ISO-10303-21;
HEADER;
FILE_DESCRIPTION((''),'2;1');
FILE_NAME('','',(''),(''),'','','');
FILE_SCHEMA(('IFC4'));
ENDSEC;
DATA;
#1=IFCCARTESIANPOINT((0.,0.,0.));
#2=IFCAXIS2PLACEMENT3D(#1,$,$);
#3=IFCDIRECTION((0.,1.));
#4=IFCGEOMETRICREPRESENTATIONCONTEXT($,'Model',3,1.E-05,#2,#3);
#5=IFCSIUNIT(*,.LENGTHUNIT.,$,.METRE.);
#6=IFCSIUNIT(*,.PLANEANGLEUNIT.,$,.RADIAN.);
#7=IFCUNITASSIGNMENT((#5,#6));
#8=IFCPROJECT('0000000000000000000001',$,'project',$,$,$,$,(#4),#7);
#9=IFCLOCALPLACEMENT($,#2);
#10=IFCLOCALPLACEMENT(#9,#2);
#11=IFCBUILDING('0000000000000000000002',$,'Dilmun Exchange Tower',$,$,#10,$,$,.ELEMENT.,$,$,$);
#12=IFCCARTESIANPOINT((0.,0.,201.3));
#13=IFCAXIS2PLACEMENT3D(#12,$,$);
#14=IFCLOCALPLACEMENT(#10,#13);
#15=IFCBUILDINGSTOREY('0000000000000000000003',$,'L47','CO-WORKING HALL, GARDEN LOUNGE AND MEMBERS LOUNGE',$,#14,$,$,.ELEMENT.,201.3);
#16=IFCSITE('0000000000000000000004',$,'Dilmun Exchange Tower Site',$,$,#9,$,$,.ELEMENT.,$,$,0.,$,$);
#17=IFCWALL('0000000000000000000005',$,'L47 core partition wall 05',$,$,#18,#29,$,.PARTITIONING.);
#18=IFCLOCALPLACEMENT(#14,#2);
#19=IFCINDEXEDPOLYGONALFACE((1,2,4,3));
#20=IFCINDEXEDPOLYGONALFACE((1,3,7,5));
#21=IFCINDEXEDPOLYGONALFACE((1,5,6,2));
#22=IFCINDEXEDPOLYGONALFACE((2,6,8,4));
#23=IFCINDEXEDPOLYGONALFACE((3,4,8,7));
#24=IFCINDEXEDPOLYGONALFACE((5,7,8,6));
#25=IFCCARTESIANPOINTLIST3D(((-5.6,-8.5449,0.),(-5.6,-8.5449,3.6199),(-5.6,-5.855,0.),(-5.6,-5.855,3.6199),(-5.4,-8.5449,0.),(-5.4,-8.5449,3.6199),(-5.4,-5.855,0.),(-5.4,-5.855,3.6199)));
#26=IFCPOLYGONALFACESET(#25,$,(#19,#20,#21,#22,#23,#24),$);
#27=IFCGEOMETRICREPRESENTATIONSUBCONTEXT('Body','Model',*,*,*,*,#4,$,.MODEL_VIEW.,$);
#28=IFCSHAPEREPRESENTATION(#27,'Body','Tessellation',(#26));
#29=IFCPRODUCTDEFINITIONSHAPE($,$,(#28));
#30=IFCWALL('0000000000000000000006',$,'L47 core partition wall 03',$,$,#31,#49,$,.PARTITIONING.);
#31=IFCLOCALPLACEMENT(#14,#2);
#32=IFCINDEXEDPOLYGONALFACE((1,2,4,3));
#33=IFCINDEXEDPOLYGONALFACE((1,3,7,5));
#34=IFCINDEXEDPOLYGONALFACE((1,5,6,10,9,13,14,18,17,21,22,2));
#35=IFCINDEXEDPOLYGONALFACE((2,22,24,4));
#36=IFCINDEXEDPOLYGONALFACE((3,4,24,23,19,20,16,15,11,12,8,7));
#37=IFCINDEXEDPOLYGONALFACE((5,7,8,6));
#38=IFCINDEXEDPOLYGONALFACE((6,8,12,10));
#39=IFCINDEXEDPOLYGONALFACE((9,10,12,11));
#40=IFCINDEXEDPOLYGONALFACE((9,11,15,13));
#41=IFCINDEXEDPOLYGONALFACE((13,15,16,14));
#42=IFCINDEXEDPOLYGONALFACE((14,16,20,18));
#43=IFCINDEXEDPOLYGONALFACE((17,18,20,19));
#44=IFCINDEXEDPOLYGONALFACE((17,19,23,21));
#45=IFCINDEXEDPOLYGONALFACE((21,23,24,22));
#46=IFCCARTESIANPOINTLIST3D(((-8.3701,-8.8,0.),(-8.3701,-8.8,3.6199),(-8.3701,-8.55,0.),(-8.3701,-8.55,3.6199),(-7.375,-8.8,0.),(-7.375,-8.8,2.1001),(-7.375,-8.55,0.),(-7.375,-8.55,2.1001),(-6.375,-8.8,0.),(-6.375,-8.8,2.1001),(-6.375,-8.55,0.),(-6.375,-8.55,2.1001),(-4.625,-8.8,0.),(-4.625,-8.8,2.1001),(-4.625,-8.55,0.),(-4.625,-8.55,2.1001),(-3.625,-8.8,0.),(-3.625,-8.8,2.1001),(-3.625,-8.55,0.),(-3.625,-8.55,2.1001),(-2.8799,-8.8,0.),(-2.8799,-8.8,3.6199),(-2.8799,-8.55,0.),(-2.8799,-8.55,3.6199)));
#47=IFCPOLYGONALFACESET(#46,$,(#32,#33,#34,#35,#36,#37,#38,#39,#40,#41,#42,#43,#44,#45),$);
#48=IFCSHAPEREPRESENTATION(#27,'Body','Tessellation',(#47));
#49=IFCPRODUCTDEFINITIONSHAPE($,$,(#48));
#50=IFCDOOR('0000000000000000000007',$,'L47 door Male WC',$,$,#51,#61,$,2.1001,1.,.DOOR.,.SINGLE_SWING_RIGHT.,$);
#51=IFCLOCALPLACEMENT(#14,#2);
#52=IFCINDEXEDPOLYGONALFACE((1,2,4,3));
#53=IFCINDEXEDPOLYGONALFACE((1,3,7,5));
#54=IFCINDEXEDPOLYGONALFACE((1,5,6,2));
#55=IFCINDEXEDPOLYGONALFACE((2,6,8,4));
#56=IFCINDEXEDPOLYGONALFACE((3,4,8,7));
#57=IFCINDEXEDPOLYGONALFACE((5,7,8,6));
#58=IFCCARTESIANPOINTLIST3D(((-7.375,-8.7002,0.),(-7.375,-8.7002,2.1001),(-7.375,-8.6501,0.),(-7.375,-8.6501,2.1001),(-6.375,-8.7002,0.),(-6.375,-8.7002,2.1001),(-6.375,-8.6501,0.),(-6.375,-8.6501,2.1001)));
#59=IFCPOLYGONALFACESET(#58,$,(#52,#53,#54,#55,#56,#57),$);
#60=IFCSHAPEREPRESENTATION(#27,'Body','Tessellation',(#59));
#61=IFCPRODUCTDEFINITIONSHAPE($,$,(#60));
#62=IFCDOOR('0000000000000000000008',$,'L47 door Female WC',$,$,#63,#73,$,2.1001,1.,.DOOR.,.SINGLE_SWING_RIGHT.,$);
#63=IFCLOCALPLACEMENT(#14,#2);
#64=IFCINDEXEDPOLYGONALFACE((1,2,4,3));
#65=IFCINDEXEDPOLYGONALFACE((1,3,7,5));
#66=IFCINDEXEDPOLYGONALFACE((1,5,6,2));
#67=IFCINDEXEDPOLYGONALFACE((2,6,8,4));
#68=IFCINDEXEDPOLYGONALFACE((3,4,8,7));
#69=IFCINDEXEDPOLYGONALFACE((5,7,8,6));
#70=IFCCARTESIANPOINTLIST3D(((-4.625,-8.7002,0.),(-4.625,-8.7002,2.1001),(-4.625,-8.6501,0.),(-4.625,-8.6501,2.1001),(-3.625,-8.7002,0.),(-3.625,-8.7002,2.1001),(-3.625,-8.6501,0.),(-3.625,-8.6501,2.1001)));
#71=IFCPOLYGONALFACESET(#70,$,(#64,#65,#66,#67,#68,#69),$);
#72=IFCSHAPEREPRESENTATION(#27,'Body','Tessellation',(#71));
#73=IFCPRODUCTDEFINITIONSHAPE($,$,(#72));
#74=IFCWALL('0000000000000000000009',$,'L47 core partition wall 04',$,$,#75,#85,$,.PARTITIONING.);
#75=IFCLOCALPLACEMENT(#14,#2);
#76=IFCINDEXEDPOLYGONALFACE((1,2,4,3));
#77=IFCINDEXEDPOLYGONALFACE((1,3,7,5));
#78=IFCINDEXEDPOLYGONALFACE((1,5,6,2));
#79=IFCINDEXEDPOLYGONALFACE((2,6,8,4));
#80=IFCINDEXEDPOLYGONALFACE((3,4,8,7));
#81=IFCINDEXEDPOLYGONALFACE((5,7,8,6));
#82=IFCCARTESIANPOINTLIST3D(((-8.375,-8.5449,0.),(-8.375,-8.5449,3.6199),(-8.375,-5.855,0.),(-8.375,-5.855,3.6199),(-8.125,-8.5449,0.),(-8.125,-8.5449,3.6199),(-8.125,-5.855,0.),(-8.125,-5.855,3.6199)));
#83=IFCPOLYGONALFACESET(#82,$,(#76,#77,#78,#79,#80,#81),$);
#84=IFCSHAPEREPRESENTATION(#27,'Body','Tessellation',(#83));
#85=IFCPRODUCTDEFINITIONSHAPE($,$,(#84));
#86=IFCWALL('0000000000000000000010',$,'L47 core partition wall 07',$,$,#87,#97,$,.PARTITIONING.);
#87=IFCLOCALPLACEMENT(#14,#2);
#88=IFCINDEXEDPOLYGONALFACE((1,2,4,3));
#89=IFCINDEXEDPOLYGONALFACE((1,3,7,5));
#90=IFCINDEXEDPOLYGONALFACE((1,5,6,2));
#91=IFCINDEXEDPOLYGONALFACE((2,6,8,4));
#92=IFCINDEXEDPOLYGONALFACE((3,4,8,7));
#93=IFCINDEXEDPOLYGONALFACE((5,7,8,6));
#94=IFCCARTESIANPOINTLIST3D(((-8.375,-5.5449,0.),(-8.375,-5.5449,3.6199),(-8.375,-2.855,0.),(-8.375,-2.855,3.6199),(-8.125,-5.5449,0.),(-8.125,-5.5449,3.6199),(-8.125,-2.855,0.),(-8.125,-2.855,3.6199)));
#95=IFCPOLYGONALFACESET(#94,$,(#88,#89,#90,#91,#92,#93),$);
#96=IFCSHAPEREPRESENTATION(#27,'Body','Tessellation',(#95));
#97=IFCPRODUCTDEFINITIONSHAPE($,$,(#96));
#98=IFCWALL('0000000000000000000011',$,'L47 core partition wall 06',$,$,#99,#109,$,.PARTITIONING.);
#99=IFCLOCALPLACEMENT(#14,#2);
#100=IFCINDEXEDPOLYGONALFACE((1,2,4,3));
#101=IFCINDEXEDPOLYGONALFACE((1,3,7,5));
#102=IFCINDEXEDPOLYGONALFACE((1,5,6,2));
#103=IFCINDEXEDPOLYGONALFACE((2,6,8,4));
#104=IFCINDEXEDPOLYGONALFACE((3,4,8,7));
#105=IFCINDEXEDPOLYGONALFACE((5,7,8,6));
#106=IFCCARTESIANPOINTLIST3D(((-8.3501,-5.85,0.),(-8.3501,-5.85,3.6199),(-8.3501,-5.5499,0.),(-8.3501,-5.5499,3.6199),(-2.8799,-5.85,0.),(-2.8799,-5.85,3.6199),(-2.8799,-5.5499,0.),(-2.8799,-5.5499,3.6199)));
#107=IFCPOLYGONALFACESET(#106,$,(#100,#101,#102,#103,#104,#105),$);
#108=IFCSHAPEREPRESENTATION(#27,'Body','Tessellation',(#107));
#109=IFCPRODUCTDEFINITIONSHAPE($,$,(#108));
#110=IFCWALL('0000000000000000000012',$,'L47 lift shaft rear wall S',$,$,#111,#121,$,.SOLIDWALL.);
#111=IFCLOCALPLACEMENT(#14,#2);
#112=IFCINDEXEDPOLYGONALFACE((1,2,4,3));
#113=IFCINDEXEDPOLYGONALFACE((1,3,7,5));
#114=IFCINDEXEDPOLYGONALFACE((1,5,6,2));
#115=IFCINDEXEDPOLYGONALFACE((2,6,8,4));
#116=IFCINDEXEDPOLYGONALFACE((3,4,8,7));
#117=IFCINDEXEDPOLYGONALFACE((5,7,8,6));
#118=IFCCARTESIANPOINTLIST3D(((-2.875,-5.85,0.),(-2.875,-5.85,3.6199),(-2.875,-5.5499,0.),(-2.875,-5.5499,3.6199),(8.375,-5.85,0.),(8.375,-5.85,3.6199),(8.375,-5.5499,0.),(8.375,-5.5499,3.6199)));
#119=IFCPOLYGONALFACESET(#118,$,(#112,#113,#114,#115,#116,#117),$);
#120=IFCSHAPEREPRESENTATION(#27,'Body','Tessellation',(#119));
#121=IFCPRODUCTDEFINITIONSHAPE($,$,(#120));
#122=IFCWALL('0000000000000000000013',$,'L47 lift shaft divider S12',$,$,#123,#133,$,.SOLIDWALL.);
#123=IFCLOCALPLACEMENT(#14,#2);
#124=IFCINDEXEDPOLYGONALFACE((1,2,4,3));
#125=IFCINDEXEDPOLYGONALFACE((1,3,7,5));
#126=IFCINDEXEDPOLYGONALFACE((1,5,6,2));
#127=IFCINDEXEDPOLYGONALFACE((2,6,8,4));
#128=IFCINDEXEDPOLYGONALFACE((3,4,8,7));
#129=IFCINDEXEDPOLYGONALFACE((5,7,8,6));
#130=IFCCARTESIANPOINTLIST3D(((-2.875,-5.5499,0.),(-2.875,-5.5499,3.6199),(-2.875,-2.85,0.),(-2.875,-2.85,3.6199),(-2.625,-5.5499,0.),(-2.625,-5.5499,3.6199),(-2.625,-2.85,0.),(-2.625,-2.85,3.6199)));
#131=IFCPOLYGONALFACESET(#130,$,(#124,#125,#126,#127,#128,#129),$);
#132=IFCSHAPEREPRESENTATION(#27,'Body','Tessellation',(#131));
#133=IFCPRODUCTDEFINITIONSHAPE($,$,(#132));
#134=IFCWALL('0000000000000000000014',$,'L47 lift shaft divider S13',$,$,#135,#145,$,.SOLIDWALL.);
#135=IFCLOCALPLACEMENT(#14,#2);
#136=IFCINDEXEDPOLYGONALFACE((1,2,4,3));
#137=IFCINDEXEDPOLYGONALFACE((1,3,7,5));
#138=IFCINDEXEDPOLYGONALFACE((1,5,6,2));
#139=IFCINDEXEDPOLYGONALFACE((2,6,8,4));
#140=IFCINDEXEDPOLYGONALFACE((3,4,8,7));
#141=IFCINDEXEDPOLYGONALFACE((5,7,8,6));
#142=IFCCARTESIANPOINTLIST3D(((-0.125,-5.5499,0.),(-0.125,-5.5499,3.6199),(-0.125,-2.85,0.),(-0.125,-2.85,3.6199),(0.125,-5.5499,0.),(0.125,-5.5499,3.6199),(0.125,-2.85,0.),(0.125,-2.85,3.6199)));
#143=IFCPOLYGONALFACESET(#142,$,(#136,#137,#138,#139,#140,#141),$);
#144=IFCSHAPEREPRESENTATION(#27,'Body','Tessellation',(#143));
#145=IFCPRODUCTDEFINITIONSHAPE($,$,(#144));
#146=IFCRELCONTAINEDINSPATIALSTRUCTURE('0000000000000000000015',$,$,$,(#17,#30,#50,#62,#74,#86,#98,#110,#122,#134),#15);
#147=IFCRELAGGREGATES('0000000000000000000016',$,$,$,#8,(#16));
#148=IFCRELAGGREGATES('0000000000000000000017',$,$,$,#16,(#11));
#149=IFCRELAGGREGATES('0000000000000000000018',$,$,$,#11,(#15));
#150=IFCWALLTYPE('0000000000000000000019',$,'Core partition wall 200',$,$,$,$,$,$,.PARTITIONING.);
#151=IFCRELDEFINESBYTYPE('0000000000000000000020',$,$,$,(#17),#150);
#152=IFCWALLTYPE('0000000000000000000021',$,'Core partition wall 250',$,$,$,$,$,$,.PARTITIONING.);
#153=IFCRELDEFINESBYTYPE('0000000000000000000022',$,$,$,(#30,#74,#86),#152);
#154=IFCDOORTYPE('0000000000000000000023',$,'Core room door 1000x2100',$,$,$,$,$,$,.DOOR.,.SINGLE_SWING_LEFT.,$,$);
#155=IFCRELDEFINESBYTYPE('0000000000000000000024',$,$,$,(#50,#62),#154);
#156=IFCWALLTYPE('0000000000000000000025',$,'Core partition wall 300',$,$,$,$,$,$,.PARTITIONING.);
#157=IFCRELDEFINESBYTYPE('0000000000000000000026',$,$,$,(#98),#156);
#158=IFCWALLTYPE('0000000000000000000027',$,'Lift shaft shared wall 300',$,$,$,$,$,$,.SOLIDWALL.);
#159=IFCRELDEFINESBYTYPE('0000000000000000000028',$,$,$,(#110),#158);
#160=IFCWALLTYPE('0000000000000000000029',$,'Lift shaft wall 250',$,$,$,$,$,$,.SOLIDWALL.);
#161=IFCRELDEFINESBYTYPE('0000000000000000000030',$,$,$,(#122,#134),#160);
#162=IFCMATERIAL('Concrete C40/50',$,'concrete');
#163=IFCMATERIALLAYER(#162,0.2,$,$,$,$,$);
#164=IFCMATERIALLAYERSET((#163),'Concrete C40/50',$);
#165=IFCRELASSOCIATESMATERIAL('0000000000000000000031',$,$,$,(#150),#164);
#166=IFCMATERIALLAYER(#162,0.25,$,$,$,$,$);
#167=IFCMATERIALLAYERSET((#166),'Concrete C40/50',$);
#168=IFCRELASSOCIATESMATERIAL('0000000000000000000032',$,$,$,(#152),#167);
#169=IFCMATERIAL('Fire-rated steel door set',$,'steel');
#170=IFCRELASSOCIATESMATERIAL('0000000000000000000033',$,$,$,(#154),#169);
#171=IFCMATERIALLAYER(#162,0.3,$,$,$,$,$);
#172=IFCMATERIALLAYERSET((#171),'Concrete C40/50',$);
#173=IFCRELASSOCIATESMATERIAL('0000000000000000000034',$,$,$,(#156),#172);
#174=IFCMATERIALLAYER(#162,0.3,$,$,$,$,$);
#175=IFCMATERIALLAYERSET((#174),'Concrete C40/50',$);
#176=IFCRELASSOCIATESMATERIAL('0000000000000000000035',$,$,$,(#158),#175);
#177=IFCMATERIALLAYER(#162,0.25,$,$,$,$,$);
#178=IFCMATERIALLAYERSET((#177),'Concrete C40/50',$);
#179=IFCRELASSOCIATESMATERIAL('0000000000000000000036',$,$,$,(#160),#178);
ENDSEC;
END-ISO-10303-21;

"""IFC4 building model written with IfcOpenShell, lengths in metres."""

from ifc_helpers import new_model, si_unit, direction, frame, frame_2d, origin, place, context, subcontext, project, spatial, rectangle, extrude, material, layer, layer_set, type_object, element, fill, save


model = new_model("IFC4")

# Units and contexts
model_context = context("Model", 3, precision=1e-05, world=origin(), true_north=direction((0.0, 1.0)))
body_context = subcontext(model_context, "Body", "Model", "MODEL_VIEW")
ifc_project = project(units=[si_unit("LENGTHUNIT", "METRE"), si_unit("PLANEANGLEUNIT", "RADIAN")], contexts=[model_context])

# Site, building, storey
site_placement = place(None, origin())
site = spatial("IfcSite", under=ifc_project, at=site_placement, Name="Dilmun Exchange Tower Site", CompositionType="ELEMENT", RefElevation=0.0)
building_placement = place(site_placement, origin())
building = spatial("IfcBuilding", under=site, at=building_placement, Name="Dilmun Exchange Tower", CompositionType="ELEMENT")
storey_placement = place(building_placement, frame((0.0, 0.0, 201.3)))
storey = spatial("IfcBuildingStorey", under=building, at=storey_placement, Name="L47", Description="CO-WORKING HALL, GARDEN LOUNGE AND MEMBERS LOUNGE", CompositionType="ELEMENT", Elevation=201.3)

# Wall
ifc_material_1 = material(Name="Concrete C40/50", Category="concrete")
ifc_layer_1 = layer(ifc_material_1, 0.2)
ifc_layer_set_1 = layer_set([ifc_layer_1], Name="Concrete C40/50")
wall_type_1 = type_object("IfcWallType", Name="Core partition wall 200", PredefinedType="PARTITIONING", material=ifc_layer_set_1)
wall_1_placement = place(storey_placement, frame((-5.5, -8.5449, 0.0), z_axis=(0.0, 0.0, 1.0), x_axis=(0.0, 1.0, 0.0)))
element("IfcWall", 1, at=wall_1_placement, inside=storey, type_object=wall_type_1, Name="L47 core partition wall 05", PredefinedType="PARTITIONING", context=body_context, shape_type="SweptSolid", body=[
    extrude(rectangle(XDim=2.6899, YDim=0.2, at=frame_2d((1.345, 0.0))), origin(), (0.0, 0.0, 1.0), 3.6199),
])

# Wall, openings, doors
ifc_layer_2 = layer(ifc_material_1, 0.25)
ifc_layer_set_2 = layer_set([ifc_layer_2], Name="Concrete C40/50")
wall_type_2 = type_object("IfcWallType", Name="Core partition wall 250", PredefinedType="PARTITIONING", material=ifc_layer_set_2)
wall_2_placement = place(storey_placement, frame((-8.3701, -8.675, 0.0), z_axis=(0.0, 0.0, 1.0), x_axis=(1.0, 0.0, 0.0)))
wall_2 = element("IfcWall", 2, at=wall_2_placement, inside=storey, type_object=wall_type_2, Name="L47 core partition wall 03", PredefinedType="PARTITIONING", context=body_context, shape_type="SweptSolid", body=[
    extrude(rectangle(XDim=5.4902, YDim=0.25, at=frame_2d((2.7451, 0.0))), origin(), (0.0, 0.0, 1.0), 3.6199),
])
opening_1_placement = place(wall_2_placement, frame((0.9951, 0.0, 0.0)))
opening_1 = element("IfcOpeningElement", 3, at=opening_1_placement, cuts=wall_2, PredefinedType="OPENING", context=body_context, shape_type="SweptSolid", body=[
    extrude(rectangle(XDim=1.0, YDim=2.1001, at=frame_2d((0.5, 1.05))), frame((0.0, 0.135, 0.0), z_axis=(0.0, -1.0, 0.0), x_axis=(1.0, 0.0, 0.0)), (0.0, 0.0, 1.0), 0.27),
])
opening_2_placement = place(wall_2_placement, frame((3.7451, 0.0, 0.0)))
opening_2 = element("IfcOpeningElement", 4, at=opening_2_placement, cuts=wall_2, PredefinedType="OPENING", context=body_context, shape_type="SweptSolid", body=[
    extrude(rectangle(XDim=1.0, YDim=2.1001, at=frame_2d((0.5, 1.05))), frame((0.0, 0.135, 0.0), z_axis=(0.0, -1.0, 0.0), x_axis=(1.0, 0.0, 0.0)), (0.0, 0.0, 1.0), 0.27),
])
ifc_material_2 = material(Name="Fire-rated steel door set", Category="steel")
door_type_1 = type_object("IfcDoorType", Name="Core room door 1000x2100", OperationType="SINGLE_SWING_LEFT", PredefinedType="DOOR", material=ifc_material_2)
door_1_placement = place(opening_1_placement, origin())
door_1 = element("IfcDoor", 5, at=door_1_placement, inside=storey, type_object=door_type_1, Name="L47 door Male WC", OperationType="SINGLE_SWING_RIGHT", OverallHeight=2.1001, OverallWidth=1.0, PredefinedType="DOOR", context=body_context, shape_type="SweptSolid", body=[
    extrude(rectangle(XDim=1.0, YDim=2.1001, at=frame_2d((0.5, 1.05))), frame((0.0, 0.0249, 0.0), z_axis=(0.0, -1.0, 0.0), x_axis=(1.0, 0.0, 0.0)), (0.0, 0.0, 1.0), 0.05),
])
fill(opening_1, door_1)
door_2_placement = place(opening_2_placement, origin())
door_2 = element("IfcDoor", 6, at=door_2_placement, inside=storey, type_object=door_type_1, Name="L47 door Female WC", OperationType="SINGLE_SWING_RIGHT", OverallHeight=2.1001, OverallWidth=1.0, PredefinedType="DOOR", context=body_context, shape_type="SweptSolid", body=[
    extrude(rectangle(XDim=1.0, YDim=2.1001, at=frame_2d((0.5, 1.05))), frame((0.0, 0.0249, 0.0), z_axis=(0.0, -1.0, 0.0), x_axis=(1.0, 0.0, 0.0)), (0.0, 0.0, 1.0), 0.05),
])
fill(opening_2, door_2)

# Walls
for number, where, z_axis, x_axis, name in (
    (7, (-8.25, -8.5449, 0.0), (0.0, 0.0, 1.0), (0.0, 1.0, 0.0), "L47 core partition wall 04"),
    (8, (-8.25, -5.5449, 0.0), (0.0, 0.0, 1.0), (0.0, 1.0, 0.0), "L47 core partition wall 07"),
):
    element("IfcWall", number, at=place(storey_placement, frame(where, z_axis=z_axis, x_axis=x_axis)), inside=storey, type_object=wall_type_2, Name=name, PredefinedType="PARTITIONING", context=body_context, shape_type="SweptSolid", body=[
        extrude(rectangle(XDim=2.6899, YDim=0.25, at=frame_2d((1.345, 0.0))), origin(), (0.0, 0.0, 1.0), 3.6199),
    ])
ifc_layer_3 = layer(ifc_material_1, 0.3)
ifc_layer_set_3 = layer_set([ifc_layer_3], Name="Concrete C40/50")
wall_type_3 = type_object("IfcWallType", Name="Core partition wall 300", PredefinedType="PARTITIONING", material=ifc_layer_set_3)
wall_3_placement = place(storey_placement, frame((-8.3501, -5.7, 0.0), z_axis=(0.0, 0.0, 1.0), x_axis=(1.0, 0.0, 0.0)))
element("IfcWall", 9, at=wall_3_placement, inside=storey, type_object=wall_type_3, Name="L47 core partition wall 06", PredefinedType="PARTITIONING", context=body_context, shape_type="SweptSolid", body=[
    extrude(rectangle(XDim=5.4702, YDim=0.3, at=frame_2d((2.7351, 0.0))), origin(), (0.0, 0.0, 1.0), 3.6199),
])
ifc_layer_4 = layer(ifc_material_1, 0.3)
ifc_layer_set_4 = layer_set([ifc_layer_4], Name="Concrete C40/50")
wall_type_4 = type_object("IfcWallType", Name="Lift shaft shared wall 300", PredefinedType="SOLIDWALL", material=ifc_layer_set_4)
wall_4_placement = place(storey_placement, frame((-2.875, -5.7, 0.0), z_axis=(0.0, 0.0, 1.0), x_axis=(1.0, 0.0, 0.0)))
element("IfcWall", 10, at=wall_4_placement, inside=storey, type_object=wall_type_4, Name="L47 lift shaft rear wall S", PredefinedType="SOLIDWALL", context=body_context, shape_type="SweptSolid", body=[
    extrude(rectangle(XDim=11.25, YDim=0.3, at=frame_2d((5.625, 0.0))), origin(), (0.0, 0.0, 1.0), 3.6199),
])
ifc_layer_5 = layer(ifc_material_1, 0.25)
ifc_layer_set_5 = layer_set([ifc_layer_5], Name="Concrete C40/50")
wall_type_5 = type_object("IfcWallType", Name="Lift shaft wall 250", PredefinedType="SOLIDWALL", material=ifc_layer_set_5)
for number, where, z_axis, x_axis, name in (
    (11, (-2.75, -5.55, 0.0), (0.0, 0.0, 1.0), (0.0, 1.0, 0.0), "L47 lift shaft divider S12"),
    (12, (0.0, -5.55, 0.0), (0.0, 0.0, 1.0), (0.0, 1.0, 0.0), "L47 lift shaft divider S13"),
):
    element("IfcWall", number, at=place(storey_placement, frame(where, z_axis=z_axis, x_axis=x_axis)), inside=storey, type_object=wall_type_5, Name=name, PredefinedType="SOLIDWALL", context=body_context, shape_type="SweptSolid", body=[
        extrude(rectangle(XDim=2.7, YDim=0.25, at=frame_2d((1.3501, 0.0))), origin(), (0.0, 0.0, 1.0), 3.6199),
    ])

save(model, "model.ifc")
